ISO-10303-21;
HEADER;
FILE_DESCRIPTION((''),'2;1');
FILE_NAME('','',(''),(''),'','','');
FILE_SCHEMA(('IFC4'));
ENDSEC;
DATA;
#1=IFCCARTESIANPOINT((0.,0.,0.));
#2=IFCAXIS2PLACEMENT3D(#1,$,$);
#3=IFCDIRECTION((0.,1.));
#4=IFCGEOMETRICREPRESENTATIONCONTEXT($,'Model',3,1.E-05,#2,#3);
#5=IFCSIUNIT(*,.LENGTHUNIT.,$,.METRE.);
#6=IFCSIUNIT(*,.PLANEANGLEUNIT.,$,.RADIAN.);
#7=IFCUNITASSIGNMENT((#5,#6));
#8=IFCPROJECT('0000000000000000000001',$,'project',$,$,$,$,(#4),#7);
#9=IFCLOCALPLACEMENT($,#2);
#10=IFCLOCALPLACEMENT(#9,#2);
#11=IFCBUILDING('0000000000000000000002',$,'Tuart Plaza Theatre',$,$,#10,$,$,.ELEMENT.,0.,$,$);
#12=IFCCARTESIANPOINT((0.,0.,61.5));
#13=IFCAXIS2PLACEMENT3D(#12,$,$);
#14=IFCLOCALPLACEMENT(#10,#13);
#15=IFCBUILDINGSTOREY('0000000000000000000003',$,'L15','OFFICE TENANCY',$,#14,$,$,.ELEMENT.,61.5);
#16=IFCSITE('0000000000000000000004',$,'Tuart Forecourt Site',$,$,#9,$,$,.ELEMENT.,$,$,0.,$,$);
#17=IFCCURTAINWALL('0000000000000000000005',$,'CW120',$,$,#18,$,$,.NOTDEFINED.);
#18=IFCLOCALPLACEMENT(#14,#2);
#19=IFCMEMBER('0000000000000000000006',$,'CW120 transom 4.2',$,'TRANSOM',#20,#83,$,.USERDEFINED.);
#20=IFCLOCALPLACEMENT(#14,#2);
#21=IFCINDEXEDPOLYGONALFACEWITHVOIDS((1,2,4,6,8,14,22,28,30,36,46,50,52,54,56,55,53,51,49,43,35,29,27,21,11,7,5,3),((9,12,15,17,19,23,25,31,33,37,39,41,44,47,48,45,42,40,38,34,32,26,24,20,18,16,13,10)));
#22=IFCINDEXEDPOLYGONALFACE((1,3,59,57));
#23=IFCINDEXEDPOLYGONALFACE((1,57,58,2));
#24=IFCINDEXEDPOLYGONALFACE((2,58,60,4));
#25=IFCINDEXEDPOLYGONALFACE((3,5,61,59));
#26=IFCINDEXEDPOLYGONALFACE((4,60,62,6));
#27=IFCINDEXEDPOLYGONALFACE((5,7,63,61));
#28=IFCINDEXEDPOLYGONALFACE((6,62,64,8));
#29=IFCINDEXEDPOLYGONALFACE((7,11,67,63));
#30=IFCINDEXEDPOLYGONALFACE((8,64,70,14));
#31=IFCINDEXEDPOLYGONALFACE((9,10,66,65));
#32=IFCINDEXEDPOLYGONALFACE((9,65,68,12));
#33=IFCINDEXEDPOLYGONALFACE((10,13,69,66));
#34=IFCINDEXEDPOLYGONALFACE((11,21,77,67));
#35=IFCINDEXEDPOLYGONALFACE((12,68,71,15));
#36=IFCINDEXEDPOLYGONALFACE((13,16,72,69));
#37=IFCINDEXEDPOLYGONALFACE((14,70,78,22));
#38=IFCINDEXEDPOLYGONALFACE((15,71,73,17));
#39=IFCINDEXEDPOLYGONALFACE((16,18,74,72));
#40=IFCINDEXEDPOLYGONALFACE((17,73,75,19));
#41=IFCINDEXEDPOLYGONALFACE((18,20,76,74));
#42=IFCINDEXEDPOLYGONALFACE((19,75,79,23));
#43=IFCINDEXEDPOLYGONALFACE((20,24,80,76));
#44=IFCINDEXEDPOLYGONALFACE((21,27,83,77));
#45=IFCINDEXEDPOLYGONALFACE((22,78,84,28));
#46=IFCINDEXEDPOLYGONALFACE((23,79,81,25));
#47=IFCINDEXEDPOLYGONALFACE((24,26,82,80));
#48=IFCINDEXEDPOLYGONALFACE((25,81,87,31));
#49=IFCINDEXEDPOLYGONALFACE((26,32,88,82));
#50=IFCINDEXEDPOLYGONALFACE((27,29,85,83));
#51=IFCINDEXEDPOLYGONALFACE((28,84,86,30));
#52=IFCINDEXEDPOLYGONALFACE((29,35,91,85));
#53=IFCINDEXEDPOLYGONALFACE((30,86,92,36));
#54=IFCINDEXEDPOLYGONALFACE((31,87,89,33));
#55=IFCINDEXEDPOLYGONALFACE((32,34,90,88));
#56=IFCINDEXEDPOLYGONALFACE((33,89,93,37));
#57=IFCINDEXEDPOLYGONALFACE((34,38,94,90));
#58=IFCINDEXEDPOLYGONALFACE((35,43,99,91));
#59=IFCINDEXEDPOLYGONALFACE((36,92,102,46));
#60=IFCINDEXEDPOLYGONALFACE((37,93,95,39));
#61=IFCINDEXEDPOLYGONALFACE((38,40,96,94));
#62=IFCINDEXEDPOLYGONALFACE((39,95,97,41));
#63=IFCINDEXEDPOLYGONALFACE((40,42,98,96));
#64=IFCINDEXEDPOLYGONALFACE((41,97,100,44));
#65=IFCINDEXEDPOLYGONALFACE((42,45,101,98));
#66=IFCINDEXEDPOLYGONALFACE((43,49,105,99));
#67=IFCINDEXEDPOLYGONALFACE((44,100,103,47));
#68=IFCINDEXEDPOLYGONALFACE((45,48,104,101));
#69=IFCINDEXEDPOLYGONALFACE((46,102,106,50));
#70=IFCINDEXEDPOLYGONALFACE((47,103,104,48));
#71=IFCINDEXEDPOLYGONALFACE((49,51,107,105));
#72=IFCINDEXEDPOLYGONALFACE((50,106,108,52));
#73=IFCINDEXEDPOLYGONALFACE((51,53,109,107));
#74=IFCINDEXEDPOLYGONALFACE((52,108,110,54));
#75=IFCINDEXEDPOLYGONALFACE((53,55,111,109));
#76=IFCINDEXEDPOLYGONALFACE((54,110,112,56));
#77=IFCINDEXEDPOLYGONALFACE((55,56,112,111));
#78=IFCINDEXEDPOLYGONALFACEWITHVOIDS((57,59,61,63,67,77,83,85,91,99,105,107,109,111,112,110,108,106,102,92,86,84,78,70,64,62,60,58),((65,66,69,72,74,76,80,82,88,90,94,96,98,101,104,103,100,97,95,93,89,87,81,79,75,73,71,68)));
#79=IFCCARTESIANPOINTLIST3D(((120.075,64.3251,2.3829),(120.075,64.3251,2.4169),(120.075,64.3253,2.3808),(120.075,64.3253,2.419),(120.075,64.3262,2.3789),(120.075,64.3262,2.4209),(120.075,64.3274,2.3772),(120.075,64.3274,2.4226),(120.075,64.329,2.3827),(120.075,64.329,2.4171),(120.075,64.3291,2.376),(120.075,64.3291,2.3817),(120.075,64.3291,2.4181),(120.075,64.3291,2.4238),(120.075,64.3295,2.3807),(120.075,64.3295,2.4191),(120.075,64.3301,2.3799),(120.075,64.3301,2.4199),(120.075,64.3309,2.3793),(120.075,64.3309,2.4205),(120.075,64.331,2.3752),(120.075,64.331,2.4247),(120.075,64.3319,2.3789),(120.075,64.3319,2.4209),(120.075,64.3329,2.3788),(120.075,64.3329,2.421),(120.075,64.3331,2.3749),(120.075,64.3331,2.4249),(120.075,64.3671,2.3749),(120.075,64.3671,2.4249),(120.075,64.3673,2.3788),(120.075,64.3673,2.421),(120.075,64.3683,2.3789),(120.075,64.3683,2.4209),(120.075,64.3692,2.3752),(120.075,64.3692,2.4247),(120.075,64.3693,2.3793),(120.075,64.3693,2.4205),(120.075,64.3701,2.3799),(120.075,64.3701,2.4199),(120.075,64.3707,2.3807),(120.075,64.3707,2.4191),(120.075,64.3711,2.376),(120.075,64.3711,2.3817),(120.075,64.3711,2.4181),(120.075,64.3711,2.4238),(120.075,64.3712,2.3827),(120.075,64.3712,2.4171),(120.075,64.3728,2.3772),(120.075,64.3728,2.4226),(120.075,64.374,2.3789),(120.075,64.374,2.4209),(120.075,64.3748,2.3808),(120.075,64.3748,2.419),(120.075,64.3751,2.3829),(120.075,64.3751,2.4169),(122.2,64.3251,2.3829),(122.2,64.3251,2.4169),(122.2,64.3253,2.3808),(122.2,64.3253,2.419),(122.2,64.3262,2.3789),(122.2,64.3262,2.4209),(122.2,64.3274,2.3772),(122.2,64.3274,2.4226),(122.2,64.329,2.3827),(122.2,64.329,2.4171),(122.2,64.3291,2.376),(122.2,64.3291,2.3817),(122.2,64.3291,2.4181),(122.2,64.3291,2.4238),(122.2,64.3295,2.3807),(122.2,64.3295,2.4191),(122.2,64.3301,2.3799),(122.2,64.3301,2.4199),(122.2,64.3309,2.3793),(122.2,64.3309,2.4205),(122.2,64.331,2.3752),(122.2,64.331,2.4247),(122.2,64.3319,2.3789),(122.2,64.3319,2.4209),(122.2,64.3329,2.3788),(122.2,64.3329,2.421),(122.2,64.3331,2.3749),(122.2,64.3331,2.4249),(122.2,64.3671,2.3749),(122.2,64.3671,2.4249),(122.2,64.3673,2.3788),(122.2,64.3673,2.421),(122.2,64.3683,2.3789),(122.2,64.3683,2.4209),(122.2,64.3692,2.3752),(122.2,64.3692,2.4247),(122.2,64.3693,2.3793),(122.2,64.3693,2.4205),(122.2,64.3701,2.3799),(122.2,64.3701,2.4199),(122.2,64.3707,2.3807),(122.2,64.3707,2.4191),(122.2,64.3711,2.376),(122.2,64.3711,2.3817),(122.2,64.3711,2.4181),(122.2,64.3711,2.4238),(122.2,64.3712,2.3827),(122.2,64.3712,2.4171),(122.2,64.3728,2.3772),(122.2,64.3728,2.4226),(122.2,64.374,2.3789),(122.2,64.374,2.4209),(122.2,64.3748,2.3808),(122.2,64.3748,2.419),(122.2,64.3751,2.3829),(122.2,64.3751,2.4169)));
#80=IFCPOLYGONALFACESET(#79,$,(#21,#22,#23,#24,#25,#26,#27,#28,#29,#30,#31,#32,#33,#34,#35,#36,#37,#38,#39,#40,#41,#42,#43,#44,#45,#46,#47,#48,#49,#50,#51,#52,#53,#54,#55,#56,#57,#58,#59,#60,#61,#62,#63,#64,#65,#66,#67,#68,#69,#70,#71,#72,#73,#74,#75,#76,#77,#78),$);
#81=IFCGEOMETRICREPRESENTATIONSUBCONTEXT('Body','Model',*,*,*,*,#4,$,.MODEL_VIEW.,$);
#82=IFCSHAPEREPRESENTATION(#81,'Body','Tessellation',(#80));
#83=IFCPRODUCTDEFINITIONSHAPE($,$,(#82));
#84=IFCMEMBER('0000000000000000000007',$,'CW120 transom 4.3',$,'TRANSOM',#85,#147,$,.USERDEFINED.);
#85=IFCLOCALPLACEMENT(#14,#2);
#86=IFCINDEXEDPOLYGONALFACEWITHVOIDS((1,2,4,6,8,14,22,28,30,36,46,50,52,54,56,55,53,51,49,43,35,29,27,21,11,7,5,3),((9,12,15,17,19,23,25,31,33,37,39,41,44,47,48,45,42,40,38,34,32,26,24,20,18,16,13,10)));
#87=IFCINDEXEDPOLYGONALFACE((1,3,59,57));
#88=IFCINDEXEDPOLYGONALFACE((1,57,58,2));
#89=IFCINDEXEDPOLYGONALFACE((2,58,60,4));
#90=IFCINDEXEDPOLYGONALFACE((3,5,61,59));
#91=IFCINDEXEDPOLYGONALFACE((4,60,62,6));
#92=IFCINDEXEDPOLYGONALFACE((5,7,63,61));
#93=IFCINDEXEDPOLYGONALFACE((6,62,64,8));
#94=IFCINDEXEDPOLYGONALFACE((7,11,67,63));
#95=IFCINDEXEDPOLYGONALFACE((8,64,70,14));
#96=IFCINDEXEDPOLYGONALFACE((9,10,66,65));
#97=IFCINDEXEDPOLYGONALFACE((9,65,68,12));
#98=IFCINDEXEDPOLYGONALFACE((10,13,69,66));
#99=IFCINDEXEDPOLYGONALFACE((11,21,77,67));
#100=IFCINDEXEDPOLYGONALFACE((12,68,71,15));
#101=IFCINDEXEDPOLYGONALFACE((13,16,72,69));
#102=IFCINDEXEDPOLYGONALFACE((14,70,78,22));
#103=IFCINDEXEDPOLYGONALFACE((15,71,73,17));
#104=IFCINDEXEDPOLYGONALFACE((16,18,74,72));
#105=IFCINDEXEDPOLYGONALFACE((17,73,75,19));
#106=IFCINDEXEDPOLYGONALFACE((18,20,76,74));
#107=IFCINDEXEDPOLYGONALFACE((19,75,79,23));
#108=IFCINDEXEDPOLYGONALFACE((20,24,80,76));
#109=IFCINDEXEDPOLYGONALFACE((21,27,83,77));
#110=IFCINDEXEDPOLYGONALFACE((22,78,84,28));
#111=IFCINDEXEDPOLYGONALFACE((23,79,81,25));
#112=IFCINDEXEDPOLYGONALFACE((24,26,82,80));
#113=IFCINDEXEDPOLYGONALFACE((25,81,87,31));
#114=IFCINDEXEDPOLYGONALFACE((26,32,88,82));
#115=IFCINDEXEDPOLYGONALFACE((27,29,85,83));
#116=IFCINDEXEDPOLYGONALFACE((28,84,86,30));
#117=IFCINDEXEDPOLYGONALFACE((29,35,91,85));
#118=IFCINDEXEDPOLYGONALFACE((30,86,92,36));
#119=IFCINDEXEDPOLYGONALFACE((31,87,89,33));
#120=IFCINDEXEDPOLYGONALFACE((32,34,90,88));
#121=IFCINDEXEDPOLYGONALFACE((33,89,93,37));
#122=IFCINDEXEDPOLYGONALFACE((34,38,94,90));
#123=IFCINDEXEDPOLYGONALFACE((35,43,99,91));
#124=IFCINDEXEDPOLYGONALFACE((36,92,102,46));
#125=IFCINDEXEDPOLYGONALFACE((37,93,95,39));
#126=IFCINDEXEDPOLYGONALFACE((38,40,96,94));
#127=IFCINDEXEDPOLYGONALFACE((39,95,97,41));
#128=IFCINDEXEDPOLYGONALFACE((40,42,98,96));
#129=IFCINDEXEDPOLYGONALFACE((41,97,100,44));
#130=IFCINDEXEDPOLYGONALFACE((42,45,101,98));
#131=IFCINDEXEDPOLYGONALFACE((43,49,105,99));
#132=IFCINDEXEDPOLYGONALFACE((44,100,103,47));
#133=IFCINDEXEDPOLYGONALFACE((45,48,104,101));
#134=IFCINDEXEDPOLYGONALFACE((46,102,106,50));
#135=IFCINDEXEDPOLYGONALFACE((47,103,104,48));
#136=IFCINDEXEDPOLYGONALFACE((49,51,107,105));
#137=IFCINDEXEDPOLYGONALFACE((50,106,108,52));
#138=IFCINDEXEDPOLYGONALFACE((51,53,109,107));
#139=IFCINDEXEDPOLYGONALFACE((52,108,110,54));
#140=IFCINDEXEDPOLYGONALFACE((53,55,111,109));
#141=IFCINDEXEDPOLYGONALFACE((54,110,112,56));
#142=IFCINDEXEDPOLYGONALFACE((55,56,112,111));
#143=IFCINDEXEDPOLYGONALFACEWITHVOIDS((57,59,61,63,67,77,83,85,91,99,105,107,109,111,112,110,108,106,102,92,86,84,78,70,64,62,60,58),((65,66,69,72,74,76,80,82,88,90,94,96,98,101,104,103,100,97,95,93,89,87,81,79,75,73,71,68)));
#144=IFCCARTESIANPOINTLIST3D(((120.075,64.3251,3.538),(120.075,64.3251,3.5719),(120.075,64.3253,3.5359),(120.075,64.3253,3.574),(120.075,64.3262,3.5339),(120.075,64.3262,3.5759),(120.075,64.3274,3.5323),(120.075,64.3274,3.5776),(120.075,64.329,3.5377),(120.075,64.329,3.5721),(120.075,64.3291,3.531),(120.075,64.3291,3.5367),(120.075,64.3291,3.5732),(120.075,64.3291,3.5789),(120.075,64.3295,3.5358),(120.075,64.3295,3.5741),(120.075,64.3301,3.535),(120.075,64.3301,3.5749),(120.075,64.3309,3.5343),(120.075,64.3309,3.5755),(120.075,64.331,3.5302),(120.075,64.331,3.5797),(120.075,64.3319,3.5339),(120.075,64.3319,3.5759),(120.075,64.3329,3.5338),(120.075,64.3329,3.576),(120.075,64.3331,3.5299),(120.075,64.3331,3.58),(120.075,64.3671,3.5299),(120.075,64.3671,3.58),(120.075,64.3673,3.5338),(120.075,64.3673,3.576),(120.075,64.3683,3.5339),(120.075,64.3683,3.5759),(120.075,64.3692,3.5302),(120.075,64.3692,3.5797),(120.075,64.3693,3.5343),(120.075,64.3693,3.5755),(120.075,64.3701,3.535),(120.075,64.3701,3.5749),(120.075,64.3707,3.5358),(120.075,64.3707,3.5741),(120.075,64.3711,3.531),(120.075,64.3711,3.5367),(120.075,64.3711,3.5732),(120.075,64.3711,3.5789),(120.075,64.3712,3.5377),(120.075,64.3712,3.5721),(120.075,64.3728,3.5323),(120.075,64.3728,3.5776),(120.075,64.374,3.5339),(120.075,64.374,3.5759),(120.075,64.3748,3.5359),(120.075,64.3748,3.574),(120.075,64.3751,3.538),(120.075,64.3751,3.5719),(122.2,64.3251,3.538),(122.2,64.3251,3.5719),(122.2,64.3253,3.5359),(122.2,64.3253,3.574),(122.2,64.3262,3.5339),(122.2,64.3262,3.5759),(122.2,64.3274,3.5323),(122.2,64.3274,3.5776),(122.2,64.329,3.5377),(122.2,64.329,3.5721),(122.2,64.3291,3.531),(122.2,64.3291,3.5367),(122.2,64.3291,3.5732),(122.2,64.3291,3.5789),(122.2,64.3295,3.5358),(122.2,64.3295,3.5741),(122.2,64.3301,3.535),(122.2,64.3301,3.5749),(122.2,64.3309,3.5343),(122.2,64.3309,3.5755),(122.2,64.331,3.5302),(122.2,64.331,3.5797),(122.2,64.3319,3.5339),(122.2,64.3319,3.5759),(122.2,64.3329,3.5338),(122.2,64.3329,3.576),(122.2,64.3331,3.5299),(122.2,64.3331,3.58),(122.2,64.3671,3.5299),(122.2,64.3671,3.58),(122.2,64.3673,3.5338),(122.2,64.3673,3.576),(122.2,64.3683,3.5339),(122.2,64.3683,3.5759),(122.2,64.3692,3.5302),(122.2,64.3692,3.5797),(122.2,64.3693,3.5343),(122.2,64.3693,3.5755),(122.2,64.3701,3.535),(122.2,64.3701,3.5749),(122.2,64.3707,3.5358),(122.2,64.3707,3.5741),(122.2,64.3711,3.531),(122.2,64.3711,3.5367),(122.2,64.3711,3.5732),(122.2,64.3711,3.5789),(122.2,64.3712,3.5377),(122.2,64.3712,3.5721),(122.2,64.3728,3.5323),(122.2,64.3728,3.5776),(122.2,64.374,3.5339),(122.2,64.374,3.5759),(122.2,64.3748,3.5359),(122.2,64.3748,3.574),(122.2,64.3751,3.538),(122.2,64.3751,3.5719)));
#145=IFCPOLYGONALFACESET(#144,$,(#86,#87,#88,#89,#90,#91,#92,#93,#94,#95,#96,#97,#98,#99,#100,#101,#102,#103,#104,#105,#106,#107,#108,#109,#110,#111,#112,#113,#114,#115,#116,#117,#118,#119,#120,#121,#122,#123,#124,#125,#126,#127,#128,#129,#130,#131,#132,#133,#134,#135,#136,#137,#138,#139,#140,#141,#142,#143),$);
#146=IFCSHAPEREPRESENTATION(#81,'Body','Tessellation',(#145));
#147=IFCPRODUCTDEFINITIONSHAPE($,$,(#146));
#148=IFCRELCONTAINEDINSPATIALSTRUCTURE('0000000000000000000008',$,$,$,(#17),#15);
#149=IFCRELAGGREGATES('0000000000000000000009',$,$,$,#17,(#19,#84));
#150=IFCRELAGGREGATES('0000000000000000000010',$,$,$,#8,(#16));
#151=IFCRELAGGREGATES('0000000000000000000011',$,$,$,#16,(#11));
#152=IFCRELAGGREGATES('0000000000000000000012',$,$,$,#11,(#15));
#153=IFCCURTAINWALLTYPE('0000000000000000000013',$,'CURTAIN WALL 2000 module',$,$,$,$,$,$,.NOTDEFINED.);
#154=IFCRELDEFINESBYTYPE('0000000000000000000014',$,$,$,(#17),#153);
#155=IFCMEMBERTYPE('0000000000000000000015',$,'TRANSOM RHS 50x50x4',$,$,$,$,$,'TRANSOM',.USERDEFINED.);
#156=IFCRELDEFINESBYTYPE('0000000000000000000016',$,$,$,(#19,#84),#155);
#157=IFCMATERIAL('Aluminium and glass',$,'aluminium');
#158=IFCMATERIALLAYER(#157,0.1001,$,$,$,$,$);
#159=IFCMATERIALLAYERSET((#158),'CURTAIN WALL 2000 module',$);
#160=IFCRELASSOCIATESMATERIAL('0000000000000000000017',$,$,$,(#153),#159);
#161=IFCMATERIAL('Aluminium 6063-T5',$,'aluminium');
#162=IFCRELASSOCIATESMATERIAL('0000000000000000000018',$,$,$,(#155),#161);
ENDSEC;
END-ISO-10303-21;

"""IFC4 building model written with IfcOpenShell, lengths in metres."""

from ifc_helpers import new_model, si_unit, direction, frame, origin, origin_2d, place, context, subcontext, project, spatial, hollow_rectangle, extrude, material, layer, layer_set, material_profile, profile_set, type_object, element, aggregate, save


model = new_model("IFC4")

# Units and contexts
model_context = context("Model", 3, precision=1e-05, world=origin(), true_north=direction((0.0, 1.0)))
body_context = subcontext(model_context, "Body", "Model", "MODEL_VIEW")
ifc_project = project(units=[si_unit("LENGTHUNIT", "METRE"), si_unit("PLANEANGLEUNIT", "RADIAN")], contexts=[model_context])

# Site, building, storey
site_placement = place(None, origin())
site = spatial("IfcSite", under=ifc_project, at=site_placement, Name="Tuart Forecourt Site", CompositionType="ELEMENT", RefElevation=0.0)
building_placement = place(site_placement, origin())
building = spatial("IfcBuilding", under=site, at=building_placement, Name="Tuart Plaza Theatre", CompositionType="ELEMENT", ElevationOfRefHeight=0.0)
storey_placement = place(building_placement, frame((0.0, 0.0, 61.5)))
storey = spatial("IfcBuildingStorey", under=building, at=storey_placement, Name="L15", Description="OFFICE TENANCY", CompositionType="ELEMENT", Elevation=61.5)

# Curtain wall
ifc_material_1 = material(Name="Aluminium and glass", Category="aluminium")
ifc_layer_1 = layer(ifc_material_1, 0.1001)
ifc_layer_set_1 = layer_set([ifc_layer_1], Name="CURTAIN WALL 2000 module")
curtain_wall_type = type_object("IfcCurtainWallType", Name="CURTAIN WALL 2000 module", PredefinedType="NOTDEFINED", material=ifc_layer_set_1)
curtain_wall_1_placement = place(storey_placement, origin())
curtain_wall_1 = element("IfcCurtainWall", 1, at=curtain_wall_1_placement, inside=storey, type_object=curtain_wall_type, Name="CW120", PredefinedType="NOTDEFINED")

# Members
ifc_material_2 = material(Name="Aluminium 6063-T5", Category="aluminium")
ifc_material_profile_1 = material_profile(ifc_material_2, hollow_rectangle(XDim=0.05, YDim=0.05, WallThickness=0.0039, InnerFilletRadius=0.0039, OuterFilletRadius=0.0081, at=origin_2d()), Name="RHS 50x50x4")
ifc_profile_set_1 = profile_set([ifc_material_profile_1], Name="Aluminium 6063-T5")
member_type_1 = type_object("IfcMemberType", Name="TRANSOM RHS 50x50x4", ElementType="TRANSOM", PredefinedType="USERDEFINED", material=ifc_profile_set_1)
member_1_placement = place(storey_placement, frame((120.075, 64.3501, 2.3999), z_axis=(1.0, 0.0, 0.0), x_axis=(0.0, 1.0, 0.0)))
member_1 = element("IfcMember", 2, at=member_1_placement, type_object=member_type_1, Name="CW120 transom 4.2", ObjectType="TRANSOM", PredefinedType="USERDEFINED", context=body_context, shape_type="SweptSolid", body=[
    extrude(hollow_rectangle(XDim=0.05, YDim=0.05, WallThickness=0.0039, InnerFilletRadius=0.0039, OuterFilletRadius=0.0081, at=origin_2d()), origin(), (0.0, 0.0, 1.0), 2.125),
])
member_2_placement = place(storey_placement, frame((120.075, 64.3501, 3.5549), z_axis=(1.0, 0.0, 0.0), x_axis=(0.0, 1.0, 0.0)))
member_2 = element("IfcMember", 3, at=member_2_placement, type_object=member_type_1, Name="CW120 transom 4.3", ObjectType="TRANSOM", PredefinedType="USERDEFINED", context=body_context, shape_type="SweptSolid", body=[
    extrude(hollow_rectangle(XDim=0.05, YDim=0.05, WallThickness=0.0039, InnerFilletRadius=0.0039, OuterFilletRadius=0.0081, at=origin_2d()), origin(), (0.0, 0.0, 1.0), 2.125),
])

aggregate(curtain_wall_1, [member_1, member_2])

save(model, "model.ifc")
